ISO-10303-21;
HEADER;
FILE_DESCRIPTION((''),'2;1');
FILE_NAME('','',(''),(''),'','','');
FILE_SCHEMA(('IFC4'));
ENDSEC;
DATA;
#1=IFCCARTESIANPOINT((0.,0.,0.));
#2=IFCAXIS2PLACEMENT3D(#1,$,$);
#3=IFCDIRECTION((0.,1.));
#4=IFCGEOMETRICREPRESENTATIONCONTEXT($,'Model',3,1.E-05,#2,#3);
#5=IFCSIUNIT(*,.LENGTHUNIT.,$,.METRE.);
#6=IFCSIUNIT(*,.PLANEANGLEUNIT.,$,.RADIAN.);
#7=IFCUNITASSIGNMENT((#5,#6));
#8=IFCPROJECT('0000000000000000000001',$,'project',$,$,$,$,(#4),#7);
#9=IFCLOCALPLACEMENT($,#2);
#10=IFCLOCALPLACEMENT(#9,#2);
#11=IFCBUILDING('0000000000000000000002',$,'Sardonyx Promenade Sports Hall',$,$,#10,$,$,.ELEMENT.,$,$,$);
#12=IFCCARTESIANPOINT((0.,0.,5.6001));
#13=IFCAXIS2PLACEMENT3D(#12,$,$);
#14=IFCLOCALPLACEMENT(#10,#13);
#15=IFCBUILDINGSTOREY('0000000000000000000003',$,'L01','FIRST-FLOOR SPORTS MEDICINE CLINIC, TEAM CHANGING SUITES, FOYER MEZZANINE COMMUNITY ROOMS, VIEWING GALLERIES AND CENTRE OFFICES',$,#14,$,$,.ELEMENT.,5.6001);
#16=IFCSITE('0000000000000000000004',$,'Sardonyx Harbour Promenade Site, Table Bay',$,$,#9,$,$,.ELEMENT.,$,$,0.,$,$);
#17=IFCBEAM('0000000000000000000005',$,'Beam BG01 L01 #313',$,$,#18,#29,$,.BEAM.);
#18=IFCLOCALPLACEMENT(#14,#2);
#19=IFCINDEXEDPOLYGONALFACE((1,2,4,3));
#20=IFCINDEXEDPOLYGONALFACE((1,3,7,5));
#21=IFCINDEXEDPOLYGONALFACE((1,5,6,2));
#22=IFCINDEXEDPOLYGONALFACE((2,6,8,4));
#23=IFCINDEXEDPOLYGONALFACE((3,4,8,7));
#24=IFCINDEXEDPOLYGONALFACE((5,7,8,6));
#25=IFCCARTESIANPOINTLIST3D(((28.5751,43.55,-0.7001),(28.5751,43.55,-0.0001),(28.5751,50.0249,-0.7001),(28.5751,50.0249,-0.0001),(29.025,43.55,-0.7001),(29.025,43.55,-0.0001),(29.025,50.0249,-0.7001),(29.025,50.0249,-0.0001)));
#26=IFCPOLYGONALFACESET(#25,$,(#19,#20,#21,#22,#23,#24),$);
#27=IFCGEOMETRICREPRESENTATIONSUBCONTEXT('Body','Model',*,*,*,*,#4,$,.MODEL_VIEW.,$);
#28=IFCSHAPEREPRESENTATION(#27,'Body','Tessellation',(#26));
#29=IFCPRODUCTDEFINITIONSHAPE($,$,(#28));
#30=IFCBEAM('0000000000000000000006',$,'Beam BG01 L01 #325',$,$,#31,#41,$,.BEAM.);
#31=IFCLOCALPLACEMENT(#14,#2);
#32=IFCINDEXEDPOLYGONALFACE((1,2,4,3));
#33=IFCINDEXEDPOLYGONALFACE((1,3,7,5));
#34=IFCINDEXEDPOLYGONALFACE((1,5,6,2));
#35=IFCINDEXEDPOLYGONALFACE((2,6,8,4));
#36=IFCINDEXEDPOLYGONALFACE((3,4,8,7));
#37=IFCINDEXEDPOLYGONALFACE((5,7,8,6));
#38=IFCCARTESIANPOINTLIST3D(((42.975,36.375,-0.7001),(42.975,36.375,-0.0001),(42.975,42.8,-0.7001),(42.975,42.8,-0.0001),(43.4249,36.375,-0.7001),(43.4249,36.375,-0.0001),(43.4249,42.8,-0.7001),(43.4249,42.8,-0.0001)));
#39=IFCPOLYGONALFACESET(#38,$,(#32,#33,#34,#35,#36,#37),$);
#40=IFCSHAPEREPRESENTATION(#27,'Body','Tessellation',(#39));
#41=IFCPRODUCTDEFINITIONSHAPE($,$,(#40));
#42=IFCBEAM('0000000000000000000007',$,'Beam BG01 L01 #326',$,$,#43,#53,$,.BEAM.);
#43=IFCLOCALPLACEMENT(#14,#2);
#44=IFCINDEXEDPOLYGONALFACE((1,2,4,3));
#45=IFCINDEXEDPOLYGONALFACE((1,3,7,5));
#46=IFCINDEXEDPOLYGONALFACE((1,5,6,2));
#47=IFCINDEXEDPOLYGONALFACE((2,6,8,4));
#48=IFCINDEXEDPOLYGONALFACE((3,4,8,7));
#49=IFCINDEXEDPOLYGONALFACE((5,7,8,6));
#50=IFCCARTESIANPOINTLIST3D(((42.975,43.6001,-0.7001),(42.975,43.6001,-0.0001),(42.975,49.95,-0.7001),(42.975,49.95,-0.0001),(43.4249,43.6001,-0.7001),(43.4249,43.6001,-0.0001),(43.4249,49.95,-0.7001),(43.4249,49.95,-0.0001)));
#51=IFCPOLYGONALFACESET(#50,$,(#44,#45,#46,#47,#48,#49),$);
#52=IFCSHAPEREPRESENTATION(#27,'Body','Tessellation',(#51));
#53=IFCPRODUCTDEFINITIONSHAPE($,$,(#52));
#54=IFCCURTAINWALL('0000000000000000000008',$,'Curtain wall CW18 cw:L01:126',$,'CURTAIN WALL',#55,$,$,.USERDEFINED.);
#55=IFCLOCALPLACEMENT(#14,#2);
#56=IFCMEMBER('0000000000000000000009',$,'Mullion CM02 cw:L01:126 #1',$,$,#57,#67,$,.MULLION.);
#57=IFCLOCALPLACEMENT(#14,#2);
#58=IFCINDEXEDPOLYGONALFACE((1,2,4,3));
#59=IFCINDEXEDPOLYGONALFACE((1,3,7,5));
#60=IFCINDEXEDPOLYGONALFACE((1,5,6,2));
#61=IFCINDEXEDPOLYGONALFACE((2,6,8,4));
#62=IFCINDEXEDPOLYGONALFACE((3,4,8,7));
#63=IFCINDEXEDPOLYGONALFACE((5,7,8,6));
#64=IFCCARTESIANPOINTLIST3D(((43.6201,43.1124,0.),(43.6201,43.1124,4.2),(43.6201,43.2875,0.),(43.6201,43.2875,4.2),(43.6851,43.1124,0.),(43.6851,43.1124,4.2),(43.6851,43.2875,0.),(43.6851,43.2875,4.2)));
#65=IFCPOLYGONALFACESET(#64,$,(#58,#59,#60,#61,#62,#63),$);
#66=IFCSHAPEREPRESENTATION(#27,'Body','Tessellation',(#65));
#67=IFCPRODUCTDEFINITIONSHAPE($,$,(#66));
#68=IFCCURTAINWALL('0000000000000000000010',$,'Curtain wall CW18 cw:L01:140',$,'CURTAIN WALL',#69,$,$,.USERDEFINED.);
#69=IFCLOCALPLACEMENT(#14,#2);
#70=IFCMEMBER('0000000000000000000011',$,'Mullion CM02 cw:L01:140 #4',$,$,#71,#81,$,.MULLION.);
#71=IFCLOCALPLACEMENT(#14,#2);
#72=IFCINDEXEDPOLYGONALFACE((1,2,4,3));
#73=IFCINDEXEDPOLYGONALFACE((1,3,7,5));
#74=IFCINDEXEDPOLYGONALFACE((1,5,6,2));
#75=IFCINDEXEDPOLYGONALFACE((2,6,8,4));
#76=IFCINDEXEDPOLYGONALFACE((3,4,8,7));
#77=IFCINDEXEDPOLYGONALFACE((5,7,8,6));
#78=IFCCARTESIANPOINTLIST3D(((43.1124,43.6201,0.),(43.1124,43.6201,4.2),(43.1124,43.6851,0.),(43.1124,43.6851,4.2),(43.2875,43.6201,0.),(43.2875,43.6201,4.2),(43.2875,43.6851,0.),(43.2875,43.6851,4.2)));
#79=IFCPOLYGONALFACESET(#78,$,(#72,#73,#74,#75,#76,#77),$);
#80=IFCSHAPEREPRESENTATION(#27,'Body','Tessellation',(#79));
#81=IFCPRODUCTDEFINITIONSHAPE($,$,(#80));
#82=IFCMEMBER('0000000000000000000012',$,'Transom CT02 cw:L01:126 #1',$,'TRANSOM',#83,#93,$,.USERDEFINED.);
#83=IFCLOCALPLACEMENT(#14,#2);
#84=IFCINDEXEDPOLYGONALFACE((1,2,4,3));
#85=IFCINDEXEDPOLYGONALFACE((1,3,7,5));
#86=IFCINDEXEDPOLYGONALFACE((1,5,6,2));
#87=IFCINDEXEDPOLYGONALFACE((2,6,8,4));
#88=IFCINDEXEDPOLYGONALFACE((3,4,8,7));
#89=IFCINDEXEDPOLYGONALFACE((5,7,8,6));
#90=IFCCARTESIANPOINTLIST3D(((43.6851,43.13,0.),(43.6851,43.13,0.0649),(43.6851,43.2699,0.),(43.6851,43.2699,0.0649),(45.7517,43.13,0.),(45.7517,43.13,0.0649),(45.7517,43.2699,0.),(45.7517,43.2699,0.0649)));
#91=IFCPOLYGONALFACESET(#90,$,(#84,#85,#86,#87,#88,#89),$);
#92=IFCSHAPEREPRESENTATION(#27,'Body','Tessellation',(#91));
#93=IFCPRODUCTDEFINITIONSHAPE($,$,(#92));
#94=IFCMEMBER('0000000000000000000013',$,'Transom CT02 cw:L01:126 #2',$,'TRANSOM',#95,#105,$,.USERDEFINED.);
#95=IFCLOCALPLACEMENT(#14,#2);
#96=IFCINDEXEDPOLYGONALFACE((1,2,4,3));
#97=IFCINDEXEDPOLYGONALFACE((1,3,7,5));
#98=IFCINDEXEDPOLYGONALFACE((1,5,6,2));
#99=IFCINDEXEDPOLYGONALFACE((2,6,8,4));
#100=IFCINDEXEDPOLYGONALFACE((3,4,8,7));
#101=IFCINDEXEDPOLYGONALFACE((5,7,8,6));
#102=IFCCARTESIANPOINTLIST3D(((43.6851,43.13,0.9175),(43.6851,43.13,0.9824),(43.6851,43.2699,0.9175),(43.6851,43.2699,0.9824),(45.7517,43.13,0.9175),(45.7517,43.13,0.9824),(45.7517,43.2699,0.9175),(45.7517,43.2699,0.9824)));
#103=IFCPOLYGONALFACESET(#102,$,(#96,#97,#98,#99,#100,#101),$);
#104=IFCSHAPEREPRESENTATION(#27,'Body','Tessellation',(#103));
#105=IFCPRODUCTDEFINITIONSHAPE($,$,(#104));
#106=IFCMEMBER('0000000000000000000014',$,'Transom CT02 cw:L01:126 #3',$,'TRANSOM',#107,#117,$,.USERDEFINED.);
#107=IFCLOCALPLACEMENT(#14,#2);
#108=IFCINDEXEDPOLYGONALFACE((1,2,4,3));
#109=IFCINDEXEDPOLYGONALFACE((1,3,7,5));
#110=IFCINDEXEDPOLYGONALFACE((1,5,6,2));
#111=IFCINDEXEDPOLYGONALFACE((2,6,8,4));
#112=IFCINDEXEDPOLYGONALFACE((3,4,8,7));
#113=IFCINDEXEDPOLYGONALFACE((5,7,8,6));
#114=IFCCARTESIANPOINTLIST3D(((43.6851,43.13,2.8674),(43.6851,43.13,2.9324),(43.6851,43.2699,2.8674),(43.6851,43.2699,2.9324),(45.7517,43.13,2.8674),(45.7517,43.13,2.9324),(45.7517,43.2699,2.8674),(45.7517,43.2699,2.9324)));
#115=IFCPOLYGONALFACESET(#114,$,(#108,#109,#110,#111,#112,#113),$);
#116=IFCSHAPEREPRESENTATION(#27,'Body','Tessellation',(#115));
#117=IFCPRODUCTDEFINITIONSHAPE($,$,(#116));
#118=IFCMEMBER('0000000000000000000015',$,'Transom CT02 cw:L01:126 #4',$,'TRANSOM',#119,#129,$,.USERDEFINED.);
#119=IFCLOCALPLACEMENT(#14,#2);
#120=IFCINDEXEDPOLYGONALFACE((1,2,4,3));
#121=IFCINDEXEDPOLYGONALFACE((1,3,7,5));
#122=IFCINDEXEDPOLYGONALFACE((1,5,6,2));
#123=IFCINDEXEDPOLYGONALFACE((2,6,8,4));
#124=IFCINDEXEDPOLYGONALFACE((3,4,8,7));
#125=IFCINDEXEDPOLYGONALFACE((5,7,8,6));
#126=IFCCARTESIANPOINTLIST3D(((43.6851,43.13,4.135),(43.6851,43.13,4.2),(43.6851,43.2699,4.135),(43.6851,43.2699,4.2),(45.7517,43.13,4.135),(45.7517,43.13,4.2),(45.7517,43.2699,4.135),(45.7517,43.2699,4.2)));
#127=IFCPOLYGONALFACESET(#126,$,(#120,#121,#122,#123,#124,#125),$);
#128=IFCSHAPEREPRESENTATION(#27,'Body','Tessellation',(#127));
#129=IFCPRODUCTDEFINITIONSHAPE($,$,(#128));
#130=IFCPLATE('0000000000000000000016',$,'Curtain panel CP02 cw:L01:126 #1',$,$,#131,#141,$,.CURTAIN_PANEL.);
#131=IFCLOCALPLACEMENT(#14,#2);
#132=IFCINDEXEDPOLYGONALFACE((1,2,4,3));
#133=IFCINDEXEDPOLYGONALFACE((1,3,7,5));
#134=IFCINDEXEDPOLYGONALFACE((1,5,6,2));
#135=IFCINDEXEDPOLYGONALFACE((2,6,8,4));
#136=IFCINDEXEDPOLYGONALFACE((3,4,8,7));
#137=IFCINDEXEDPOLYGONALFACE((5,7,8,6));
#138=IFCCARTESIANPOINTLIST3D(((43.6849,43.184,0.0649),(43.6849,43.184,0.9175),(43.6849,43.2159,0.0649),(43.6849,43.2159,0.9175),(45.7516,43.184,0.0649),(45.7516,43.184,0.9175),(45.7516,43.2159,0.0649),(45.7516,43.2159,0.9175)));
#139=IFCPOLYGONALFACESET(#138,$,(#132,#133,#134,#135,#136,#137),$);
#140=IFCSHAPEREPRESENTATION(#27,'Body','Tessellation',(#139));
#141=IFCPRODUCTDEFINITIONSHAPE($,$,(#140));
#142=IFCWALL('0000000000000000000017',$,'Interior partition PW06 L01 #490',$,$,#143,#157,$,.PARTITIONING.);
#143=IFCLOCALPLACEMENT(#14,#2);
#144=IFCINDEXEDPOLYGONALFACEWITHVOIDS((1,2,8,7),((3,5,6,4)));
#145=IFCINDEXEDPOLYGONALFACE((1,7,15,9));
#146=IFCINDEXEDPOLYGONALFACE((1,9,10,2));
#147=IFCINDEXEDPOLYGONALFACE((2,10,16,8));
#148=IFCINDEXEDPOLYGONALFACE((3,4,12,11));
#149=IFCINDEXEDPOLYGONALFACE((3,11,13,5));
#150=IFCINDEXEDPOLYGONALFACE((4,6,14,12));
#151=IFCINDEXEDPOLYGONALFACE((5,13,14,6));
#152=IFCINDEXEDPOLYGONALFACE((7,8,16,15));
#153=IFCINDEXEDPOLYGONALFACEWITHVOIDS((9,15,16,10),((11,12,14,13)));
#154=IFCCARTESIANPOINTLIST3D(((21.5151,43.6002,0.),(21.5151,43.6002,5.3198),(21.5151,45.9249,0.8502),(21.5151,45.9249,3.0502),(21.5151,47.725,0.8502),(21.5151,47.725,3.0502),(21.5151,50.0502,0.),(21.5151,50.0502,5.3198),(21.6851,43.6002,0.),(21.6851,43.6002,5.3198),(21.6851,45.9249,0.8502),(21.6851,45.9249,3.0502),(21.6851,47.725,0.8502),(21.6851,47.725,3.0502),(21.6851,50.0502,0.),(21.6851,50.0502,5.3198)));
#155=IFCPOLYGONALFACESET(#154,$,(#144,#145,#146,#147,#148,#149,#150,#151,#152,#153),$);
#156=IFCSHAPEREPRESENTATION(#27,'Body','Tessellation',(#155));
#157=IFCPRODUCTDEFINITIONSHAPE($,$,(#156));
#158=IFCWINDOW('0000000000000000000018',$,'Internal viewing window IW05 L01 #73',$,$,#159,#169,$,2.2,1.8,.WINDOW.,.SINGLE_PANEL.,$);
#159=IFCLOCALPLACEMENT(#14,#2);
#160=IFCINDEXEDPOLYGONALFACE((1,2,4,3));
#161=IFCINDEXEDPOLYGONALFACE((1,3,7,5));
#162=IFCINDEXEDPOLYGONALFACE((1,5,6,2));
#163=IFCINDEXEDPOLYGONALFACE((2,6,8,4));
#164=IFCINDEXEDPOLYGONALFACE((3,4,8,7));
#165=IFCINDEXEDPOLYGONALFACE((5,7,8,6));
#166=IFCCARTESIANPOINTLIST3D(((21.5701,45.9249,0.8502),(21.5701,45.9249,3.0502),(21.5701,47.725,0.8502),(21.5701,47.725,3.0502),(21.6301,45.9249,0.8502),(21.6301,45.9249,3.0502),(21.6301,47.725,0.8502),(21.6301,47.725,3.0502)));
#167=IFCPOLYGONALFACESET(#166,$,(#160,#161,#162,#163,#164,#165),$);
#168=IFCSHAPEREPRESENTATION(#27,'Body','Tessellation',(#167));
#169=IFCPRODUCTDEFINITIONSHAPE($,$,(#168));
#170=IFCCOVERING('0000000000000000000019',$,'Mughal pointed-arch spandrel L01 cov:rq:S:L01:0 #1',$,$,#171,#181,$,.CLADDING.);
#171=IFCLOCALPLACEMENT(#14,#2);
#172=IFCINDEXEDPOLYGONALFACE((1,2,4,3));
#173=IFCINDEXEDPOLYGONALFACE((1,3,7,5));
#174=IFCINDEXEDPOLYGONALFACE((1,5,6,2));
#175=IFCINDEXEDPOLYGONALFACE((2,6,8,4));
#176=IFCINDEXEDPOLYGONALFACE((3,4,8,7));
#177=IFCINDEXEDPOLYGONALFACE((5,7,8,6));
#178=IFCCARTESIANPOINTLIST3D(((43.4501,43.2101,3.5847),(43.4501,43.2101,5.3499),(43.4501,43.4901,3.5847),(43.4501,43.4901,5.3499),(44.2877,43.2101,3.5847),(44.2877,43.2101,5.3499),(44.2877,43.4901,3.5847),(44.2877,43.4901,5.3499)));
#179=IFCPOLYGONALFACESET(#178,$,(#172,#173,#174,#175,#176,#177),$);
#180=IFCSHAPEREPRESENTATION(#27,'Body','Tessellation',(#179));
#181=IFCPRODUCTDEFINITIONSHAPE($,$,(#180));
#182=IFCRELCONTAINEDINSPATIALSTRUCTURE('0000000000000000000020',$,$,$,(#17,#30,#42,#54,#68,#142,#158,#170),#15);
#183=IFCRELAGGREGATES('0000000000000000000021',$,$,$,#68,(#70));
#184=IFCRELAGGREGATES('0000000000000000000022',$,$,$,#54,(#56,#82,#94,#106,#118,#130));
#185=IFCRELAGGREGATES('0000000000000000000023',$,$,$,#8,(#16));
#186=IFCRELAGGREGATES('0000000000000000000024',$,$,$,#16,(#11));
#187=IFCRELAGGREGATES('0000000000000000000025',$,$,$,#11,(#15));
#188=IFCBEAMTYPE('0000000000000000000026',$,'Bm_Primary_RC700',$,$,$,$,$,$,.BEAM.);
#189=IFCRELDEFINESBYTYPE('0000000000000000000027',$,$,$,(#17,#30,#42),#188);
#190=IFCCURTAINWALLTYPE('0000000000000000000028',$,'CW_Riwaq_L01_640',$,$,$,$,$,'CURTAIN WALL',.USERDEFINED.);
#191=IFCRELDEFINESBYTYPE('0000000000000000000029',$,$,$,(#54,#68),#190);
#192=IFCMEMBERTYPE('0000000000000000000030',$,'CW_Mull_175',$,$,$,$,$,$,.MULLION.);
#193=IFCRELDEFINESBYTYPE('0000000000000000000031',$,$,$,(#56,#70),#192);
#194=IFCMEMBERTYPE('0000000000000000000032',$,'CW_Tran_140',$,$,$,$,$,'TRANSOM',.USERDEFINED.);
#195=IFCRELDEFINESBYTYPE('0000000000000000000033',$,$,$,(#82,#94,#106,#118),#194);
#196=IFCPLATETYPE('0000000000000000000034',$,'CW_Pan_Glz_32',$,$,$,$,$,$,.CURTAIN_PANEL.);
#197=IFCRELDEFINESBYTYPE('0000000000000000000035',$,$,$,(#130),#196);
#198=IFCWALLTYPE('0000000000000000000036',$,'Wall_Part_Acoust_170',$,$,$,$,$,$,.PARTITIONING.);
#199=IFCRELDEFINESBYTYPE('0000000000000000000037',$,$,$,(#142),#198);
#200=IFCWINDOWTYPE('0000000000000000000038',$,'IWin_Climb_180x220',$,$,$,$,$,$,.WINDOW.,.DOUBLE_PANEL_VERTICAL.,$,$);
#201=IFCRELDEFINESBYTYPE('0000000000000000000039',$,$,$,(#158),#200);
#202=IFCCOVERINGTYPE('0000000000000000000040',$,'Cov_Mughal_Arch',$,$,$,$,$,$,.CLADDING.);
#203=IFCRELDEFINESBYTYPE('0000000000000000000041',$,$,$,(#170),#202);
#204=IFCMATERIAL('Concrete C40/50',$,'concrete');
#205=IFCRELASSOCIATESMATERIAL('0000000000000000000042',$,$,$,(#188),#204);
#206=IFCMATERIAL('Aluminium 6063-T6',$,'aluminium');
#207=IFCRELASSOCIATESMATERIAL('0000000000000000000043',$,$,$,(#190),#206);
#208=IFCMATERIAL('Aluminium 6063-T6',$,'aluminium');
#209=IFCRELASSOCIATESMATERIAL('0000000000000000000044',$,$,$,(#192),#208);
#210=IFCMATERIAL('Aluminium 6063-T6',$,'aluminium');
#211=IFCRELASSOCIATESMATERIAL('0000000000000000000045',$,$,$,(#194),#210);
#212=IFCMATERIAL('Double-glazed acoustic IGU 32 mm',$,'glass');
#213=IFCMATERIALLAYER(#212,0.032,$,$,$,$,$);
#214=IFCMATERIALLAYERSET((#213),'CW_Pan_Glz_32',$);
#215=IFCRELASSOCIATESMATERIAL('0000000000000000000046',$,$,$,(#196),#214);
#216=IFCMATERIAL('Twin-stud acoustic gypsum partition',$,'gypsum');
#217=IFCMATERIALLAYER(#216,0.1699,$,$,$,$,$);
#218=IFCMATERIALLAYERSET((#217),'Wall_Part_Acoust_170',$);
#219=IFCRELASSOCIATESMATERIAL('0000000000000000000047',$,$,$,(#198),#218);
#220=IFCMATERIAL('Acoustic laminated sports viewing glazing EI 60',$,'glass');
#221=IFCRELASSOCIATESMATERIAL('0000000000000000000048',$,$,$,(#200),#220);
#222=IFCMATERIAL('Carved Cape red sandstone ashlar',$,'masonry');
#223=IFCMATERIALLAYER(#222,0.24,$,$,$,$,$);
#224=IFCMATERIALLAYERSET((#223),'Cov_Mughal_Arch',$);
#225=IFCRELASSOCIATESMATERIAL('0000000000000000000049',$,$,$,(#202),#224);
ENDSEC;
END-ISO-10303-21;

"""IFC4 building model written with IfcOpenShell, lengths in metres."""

from ifc_helpers import new_model, si_unit, direction, frame, frame_2d, origin, origin_2d, place, context, subcontext, project, spatial, rectangle, extrude, material, layer, layer_set, material_profile, profile_set, type_object, element, fill, aggregate, save


model = new_model("IFC4")

# Units and contexts
model_context = context("Model", 3, precision=1e-05, world=origin(), true_north=direction((0.0, 1.0)))
body_context = subcontext(model_context, "Body", "Model", "MODEL_VIEW")
ifc_project = project(units=[si_unit("LENGTHUNIT", "METRE"), si_unit("PLANEANGLEUNIT", "RADIAN")], contexts=[model_context])

# Site, building, storey
site_placement = place(None, origin())
site = spatial("IfcSite", under=ifc_project, at=site_placement, Name="Sardonyx Harbour Promenade Site, Table Bay", CompositionType="ELEMENT", RefElevation=0.0)
building_placement = place(site_placement, origin())
building = spatial("IfcBuilding", under=site, at=building_placement, Name="Sardonyx Promenade Sports Hall", CompositionType="ELEMENT")
storey_placement = place(building_placement, frame((0.0, 0.0, 5.6001)))
storey = spatial("IfcBuildingStorey", under=building, at=storey_placement, Name="L01", Description="FIRST-FLOOR SPORTS MEDICINE CLINIC, TEAM CHANGING SUITES, FOYER MEZZANINE COMMUNITY ROOMS, VIEWING GALLERIES AND CENTRE OFFICES", CompositionType="ELEMENT", Elevation=5.6001)

# Beams
ifc_material_1 = material(Name="Concrete C40/50", Category="concrete")
ifc_material_profile_1 = material_profile(ifc_material_1, rectangle(XDim=0.45, YDim=0.7, at=origin_2d()))
ifc_profile_set_1 = profile_set([ifc_material_profile_1], Name="Concrete C40/50")
beam_type_1 = type_object("IfcBeamType", Name="Bm_Primary_RC700", PredefinedType="BEAM", material=ifc_profile_set_1)
beam_1_placement = place(storey_placement, frame((28.8, 43.55, -0.3501), z_axis=(0.0, 1.0, 0.0), x_axis=(-1.0, 0.0, 0.0)))
element("IfcBeam", 1, at=beam_1_placement, inside=storey, type_object=beam_type_1, Name="Beam BG01 L01 #313", PredefinedType="BEAM", context=body_context, shape_type="SweptSolid", body=[
    extrude(rectangle(XDim=0.45, YDim=0.7, at=origin_2d()), origin(), (0.0, 0.0, 1.0), 6.4749),
])
beam_2_placement = place(storey_placement, frame((43.2, 36.375, -0.3501), z_axis=(0.0, 1.0, 0.0), x_axis=(-1.0, 0.0, 0.0)))
element("IfcBeam", 2, at=beam_2_placement, inside=storey, type_object=beam_type_1, Name="Beam BG01 L01 #325", PredefinedType="BEAM", context=body_context, shape_type="SweptSolid", body=[
    extrude(rectangle(XDim=0.45, YDim=0.7, at=origin_2d()), origin(), (0.0, 0.0, 1.0), 6.425),
])
beam_3_placement = place(storey_placement, frame((43.2, 43.6001, -0.3501), z_axis=(0.0, 1.0, 0.0), x_axis=(-1.0, 0.0, 0.0)))
element("IfcBeam", 3, at=beam_3_placement, inside=storey, type_object=beam_type_1, Name="Beam BG01 L01 #326", PredefinedType="BEAM", context=body_context, shape_type="SweptSolid", body=[
    extrude(rectangle(XDim=0.45, YDim=0.7, at=origin_2d()), origin(), (0.0, 0.0, 1.0), 6.3499),
])

# Curtain walls, members
ifc_material_2 = material(Name="Aluminium 6063-T6", Category="aluminium")
curtain_wall_type = type_object("IfcCurtainWallType", Name="CW_Riwaq_L01_640", ElementType="CURTAIN WALL", PredefinedType="USERDEFINED", material=ifc_material_2)
curtain_wall_1_placement = place(storey_placement, origin())
curtain_wall_1 = element("IfcCurtainWall", 4, at=curtain_wall_1_placement, inside=storey, type_object=curtain_wall_type, Name="Curtain wall CW18 cw:L01:126", ObjectType="CURTAIN WALL", PredefinedType="USERDEFINED")
ifc_material_3 = material(Name="Aluminium 6063-T6", Category="aluminium")
ifc_material_profile_2 = material_profile(ifc_material_3, rectangle(XDim=0.0649, YDim=0.175, at=origin_2d()))
ifc_profile_set_2 = profile_set([ifc_material_profile_2], Name="Aluminium 6063-T6")
member_type_1 = type_object("IfcMemberType", Name="CW_Mull_175", PredefinedType="MULLION", material=ifc_profile_set_2)
member_1_placement = place(storey_placement, frame((43.6526, 43.2, 0.0), z_axis=(0.0, 0.0, 1.0), x_axis=(1.0, 0.0, 0.0)))
member_1 = element("IfcMember", 5, at=member_1_placement, type_object=member_type_1, Name="Mullion CM02 cw:L01:126 #1", PredefinedType="MULLION", context=body_context, shape_type="SweptSolid", body=[
    extrude(rectangle(XDim=0.0649, YDim=0.175, at=origin_2d()), origin(), (0.0, 0.0, 1.0), 4.2),
])
curtain_wall_2_placement = place(storey_placement, origin())
curtain_wall_2 = element("IfcCurtainWall", 6, at=curtain_wall_2_placement, inside=storey, type_object=curtain_wall_type, Name="Curtain wall CW18 cw:L01:140", ObjectType="CURTAIN WALL", PredefinedType="USERDEFINED")
member_2_placement = place(storey_placement, frame((43.2, 43.6526, 0.0), z_axis=(0.0, 0.0, 1.0), x_axis=(0.0, -1.0, 0.0)))
member_2 = element("IfcMember", 7, at=member_2_placement, type_object=member_type_1, Name="Mullion CM02 cw:L01:140 #4", PredefinedType="MULLION", context=body_context, shape_type="SweptSolid", body=[
    extrude(rectangle(XDim=0.0649, YDim=0.175, at=origin_2d()), origin(), (0.0, 0.0, 1.0), 4.2),
])
aggregate(curtain_wall_2, [member_2])

# Members
ifc_material_4 = material(Name="Aluminium 6063-T6", Category="aluminium")
ifc_material_profile_3 = material_profile(ifc_material_4, rectangle(XDim=0.0649, YDim=0.1399, at=origin_2d()))
ifc_profile_set_3 = profile_set([ifc_material_profile_3], Name="Aluminium 6063-T6")
member_type_2 = type_object("IfcMemberType", Name="CW_Tran_140", ElementType="TRANSOM", PredefinedType="USERDEFINED", material=ifc_profile_set_3)
member_3_placement = place(storey_placement, frame((43.6851, 43.2, 0.0325), z_axis=(1.0, 0.0, 0.0), x_axis=(0.0, 0.0, 1.0)))
member_3 = element("IfcMember", 8, at=member_3_placement, type_object=member_type_2, Name="Transom CT02 cw:L01:126 #1", ObjectType="TRANSOM", PredefinedType="USERDEFINED", context=body_context, shape_type="SweptSolid", body=[
    extrude(rectangle(XDim=0.0649, YDim=0.1399, at=origin_2d()), origin(), (0.0, 0.0, 1.0), 2.0667),
])
member_4_placement = place(storey_placement, frame((43.6851, 43.2, 0.95), z_axis=(1.0, 0.0, 0.0), x_axis=(0.0, 0.0, 1.0)))
member_4 = element("IfcMember", 9, at=member_4_placement, type_object=member_type_2, Name="Transom CT02 cw:L01:126 #2", ObjectType="TRANSOM", PredefinedType="USERDEFINED", context=body_context, shape_type="SweptSolid", body=[
    extrude(rectangle(XDim=0.0649, YDim=0.1399, at=origin_2d()), origin(), (0.0, 0.0, 1.0), 2.0667),
])
member_5_placement = place(storey_placement, frame((43.6851, 43.2, 2.8999), z_axis=(1.0, 0.0, 0.0), x_axis=(0.0, 0.0, 1.0)))
member_5 = element("IfcMember", 10, at=member_5_placement, type_object=member_type_2, Name="Transom CT02 cw:L01:126 #3", ObjectType="TRANSOM", PredefinedType="USERDEFINED", context=body_context, shape_type="SweptSolid", body=[
    extrude(rectangle(XDim=0.0649, YDim=0.1399, at=origin_2d()), origin(), (0.0, 0.0, 1.0), 2.0667),
])
member_6_placement = place(storey_placement, frame((43.6851, 43.2, 4.1675), z_axis=(1.0, 0.0, 0.0), x_axis=(0.0, 0.0, 1.0)))
member_6 = element("IfcMember", 11, at=member_6_placement, type_object=member_type_2, Name="Transom CT02 cw:L01:126 #4", ObjectType="TRANSOM", PredefinedType="USERDEFINED", context=body_context, shape_type="SweptSolid", body=[
    extrude(rectangle(XDim=0.0649, YDim=0.1399, at=origin_2d()), origin(), (0.0, 0.0, 1.0), 2.0667),
])

# Plate
ifc_material_5 = material(Name="Double-glazed acoustic IGU 32 mm", Category="glass")
ifc_layer_1 = layer(ifc_material_5, 0.032)
ifc_layer_set_1 = layer_set([ifc_layer_1], Name="CW_Pan_Glz_32")
plate_type = type_object("IfcPlateType", Name="CW_Pan_Glz_32", PredefinedType="CURTAIN_PANEL", material=ifc_layer_set_1)
plate_placement = place(storey_placement, frame((44.7183, 43.2, 0.0649), z_axis=(0.0, 0.0, 1.0), x_axis=(1.0, 0.0, 0.0)))
plate = element("IfcPlate", 12, at=plate_placement, type_object=plate_type, Name="Curtain panel CP02 cw:L01:126 #1", PredefinedType="CURTAIN_PANEL", context=body_context, shape_type="SweptSolid", body=[
    extrude(rectangle(XDim=2.0667, YDim=0.032, at=origin_2d()), origin(), (0.0, 0.0, 1.0), 0.8525),
])
aggregate(curtain_wall_1, [member_1, member_3, member_4, member_5, member_6, plate])

# Wall, opening, window
ifc_material_6 = material(Name="Twin-stud acoustic gypsum partition", Category="gypsum")
ifc_layer_2 = layer(ifc_material_6, 0.1699)
ifc_layer_set_2 = layer_set([ifc_layer_2], Name="Wall_Part_Acoust_170")
wall_type = type_object("IfcWallType", Name="Wall_Part_Acoust_170", PredefinedType="PARTITIONING", material=ifc_layer_set_2)
wall_placement = place(storey_placement, frame((21.6001, 43.6001, 0.0), z_axis=(0.0, 0.0, 1.0), x_axis=(0.0, 1.0, 0.0)))
wall = element("IfcWall", 13, at=wall_placement, inside=storey, type_object=wall_type, Name="Interior partition PW06 L01 #490", PredefinedType="PARTITIONING", context=body_context, shape_type="SweptSolid", body=[
    extrude(rectangle(XDim=6.45, YDim=0.1699, at=frame_2d((3.2251, 0.0))), origin(), (0.0, 0.0, 1.0), 5.3198),
])
opening_placement = place(wall_placement, frame((2.325, 0.0, 0.8501)))
opening = element("IfcOpeningElement", 14, at=opening_placement, cuts=wall, PredefinedType="OPENING", context=body_context, shape_type="SweptSolid", body=[
    extrude(rectangle(XDim=1.8, YDim=2.2, at=frame_2d((0.8999, 1.1001))), frame((0.0, 0.095, 0.0), z_axis=(0.0, -1.0, 0.0), x_axis=(1.0, 0.0, 0.0)), (0.0, 0.0, 1.0), 0.19),
])
ifc_material_7 = material(Name="Acoustic laminated sports viewing glazing EI 60", Category="glass")
window_type = type_object("IfcWindowType", Name="IWin_Climb_180x220", PartitioningType="DOUBLE_PANEL_VERTICAL", PredefinedType="WINDOW", material=ifc_material_7)
window_placement = place(opening_placement, origin())
window = element("IfcWindow", 15, at=window_placement, inside=storey, type_object=window_type, Name="Internal viewing window IW05 L01 #73", OverallHeight=2.2, OverallWidth=1.8, PartitioningType="SINGLE_PANEL", PredefinedType="WINDOW", context=body_context, shape_type="SweptSolid", body=[
    extrude(rectangle(XDim=1.8, YDim=2.2, at=frame_2d((0.8999, 1.1001))), frame((0.0, 0.03, 0.0), z_axis=(0.0, -1.0, 0.0), x_axis=(1.0, 0.0, 0.0)), (0.0, 0.0, 1.0), 0.0601),
])
fill(opening, window)

# Covering
ifc_material_8 = material(Name="Carved Cape red sandstone ashlar", Category="masonry")
ifc_layer_3 = layer(ifc_material_8, 0.24)
ifc_layer_set_3 = layer_set([ifc_layer_3], Name="Cov_Mughal_Arch")
covering_type = type_object("IfcCoveringType", Name="Cov_Mughal_Arch", PredefinedType="CLADDING", material=ifc_layer_set_3)
covering_1_placement = place(storey_placement, frame((43.45, 43.3501, 3.5847), z_axis=(0.0, 0.0, 1.0), x_axis=(1.0, 0.0, 0.0)))
element("IfcCovering", 16, at=covering_1_placement, inside=storey, type_object=covering_type, Name="Mughal pointed-arch spandrel L01 cov:rq:S:L01:0 #1", PredefinedType="CLADDING", context=body_context, shape_type="SweptSolid", body=[
    extrude(rectangle(XDim=0.8376, YDim=0.28, at=frame_2d((0.4189, 0.0))), origin(), (0.0, 0.0, 1.0), 1.7651),
])

save(model, "model.ifc")
